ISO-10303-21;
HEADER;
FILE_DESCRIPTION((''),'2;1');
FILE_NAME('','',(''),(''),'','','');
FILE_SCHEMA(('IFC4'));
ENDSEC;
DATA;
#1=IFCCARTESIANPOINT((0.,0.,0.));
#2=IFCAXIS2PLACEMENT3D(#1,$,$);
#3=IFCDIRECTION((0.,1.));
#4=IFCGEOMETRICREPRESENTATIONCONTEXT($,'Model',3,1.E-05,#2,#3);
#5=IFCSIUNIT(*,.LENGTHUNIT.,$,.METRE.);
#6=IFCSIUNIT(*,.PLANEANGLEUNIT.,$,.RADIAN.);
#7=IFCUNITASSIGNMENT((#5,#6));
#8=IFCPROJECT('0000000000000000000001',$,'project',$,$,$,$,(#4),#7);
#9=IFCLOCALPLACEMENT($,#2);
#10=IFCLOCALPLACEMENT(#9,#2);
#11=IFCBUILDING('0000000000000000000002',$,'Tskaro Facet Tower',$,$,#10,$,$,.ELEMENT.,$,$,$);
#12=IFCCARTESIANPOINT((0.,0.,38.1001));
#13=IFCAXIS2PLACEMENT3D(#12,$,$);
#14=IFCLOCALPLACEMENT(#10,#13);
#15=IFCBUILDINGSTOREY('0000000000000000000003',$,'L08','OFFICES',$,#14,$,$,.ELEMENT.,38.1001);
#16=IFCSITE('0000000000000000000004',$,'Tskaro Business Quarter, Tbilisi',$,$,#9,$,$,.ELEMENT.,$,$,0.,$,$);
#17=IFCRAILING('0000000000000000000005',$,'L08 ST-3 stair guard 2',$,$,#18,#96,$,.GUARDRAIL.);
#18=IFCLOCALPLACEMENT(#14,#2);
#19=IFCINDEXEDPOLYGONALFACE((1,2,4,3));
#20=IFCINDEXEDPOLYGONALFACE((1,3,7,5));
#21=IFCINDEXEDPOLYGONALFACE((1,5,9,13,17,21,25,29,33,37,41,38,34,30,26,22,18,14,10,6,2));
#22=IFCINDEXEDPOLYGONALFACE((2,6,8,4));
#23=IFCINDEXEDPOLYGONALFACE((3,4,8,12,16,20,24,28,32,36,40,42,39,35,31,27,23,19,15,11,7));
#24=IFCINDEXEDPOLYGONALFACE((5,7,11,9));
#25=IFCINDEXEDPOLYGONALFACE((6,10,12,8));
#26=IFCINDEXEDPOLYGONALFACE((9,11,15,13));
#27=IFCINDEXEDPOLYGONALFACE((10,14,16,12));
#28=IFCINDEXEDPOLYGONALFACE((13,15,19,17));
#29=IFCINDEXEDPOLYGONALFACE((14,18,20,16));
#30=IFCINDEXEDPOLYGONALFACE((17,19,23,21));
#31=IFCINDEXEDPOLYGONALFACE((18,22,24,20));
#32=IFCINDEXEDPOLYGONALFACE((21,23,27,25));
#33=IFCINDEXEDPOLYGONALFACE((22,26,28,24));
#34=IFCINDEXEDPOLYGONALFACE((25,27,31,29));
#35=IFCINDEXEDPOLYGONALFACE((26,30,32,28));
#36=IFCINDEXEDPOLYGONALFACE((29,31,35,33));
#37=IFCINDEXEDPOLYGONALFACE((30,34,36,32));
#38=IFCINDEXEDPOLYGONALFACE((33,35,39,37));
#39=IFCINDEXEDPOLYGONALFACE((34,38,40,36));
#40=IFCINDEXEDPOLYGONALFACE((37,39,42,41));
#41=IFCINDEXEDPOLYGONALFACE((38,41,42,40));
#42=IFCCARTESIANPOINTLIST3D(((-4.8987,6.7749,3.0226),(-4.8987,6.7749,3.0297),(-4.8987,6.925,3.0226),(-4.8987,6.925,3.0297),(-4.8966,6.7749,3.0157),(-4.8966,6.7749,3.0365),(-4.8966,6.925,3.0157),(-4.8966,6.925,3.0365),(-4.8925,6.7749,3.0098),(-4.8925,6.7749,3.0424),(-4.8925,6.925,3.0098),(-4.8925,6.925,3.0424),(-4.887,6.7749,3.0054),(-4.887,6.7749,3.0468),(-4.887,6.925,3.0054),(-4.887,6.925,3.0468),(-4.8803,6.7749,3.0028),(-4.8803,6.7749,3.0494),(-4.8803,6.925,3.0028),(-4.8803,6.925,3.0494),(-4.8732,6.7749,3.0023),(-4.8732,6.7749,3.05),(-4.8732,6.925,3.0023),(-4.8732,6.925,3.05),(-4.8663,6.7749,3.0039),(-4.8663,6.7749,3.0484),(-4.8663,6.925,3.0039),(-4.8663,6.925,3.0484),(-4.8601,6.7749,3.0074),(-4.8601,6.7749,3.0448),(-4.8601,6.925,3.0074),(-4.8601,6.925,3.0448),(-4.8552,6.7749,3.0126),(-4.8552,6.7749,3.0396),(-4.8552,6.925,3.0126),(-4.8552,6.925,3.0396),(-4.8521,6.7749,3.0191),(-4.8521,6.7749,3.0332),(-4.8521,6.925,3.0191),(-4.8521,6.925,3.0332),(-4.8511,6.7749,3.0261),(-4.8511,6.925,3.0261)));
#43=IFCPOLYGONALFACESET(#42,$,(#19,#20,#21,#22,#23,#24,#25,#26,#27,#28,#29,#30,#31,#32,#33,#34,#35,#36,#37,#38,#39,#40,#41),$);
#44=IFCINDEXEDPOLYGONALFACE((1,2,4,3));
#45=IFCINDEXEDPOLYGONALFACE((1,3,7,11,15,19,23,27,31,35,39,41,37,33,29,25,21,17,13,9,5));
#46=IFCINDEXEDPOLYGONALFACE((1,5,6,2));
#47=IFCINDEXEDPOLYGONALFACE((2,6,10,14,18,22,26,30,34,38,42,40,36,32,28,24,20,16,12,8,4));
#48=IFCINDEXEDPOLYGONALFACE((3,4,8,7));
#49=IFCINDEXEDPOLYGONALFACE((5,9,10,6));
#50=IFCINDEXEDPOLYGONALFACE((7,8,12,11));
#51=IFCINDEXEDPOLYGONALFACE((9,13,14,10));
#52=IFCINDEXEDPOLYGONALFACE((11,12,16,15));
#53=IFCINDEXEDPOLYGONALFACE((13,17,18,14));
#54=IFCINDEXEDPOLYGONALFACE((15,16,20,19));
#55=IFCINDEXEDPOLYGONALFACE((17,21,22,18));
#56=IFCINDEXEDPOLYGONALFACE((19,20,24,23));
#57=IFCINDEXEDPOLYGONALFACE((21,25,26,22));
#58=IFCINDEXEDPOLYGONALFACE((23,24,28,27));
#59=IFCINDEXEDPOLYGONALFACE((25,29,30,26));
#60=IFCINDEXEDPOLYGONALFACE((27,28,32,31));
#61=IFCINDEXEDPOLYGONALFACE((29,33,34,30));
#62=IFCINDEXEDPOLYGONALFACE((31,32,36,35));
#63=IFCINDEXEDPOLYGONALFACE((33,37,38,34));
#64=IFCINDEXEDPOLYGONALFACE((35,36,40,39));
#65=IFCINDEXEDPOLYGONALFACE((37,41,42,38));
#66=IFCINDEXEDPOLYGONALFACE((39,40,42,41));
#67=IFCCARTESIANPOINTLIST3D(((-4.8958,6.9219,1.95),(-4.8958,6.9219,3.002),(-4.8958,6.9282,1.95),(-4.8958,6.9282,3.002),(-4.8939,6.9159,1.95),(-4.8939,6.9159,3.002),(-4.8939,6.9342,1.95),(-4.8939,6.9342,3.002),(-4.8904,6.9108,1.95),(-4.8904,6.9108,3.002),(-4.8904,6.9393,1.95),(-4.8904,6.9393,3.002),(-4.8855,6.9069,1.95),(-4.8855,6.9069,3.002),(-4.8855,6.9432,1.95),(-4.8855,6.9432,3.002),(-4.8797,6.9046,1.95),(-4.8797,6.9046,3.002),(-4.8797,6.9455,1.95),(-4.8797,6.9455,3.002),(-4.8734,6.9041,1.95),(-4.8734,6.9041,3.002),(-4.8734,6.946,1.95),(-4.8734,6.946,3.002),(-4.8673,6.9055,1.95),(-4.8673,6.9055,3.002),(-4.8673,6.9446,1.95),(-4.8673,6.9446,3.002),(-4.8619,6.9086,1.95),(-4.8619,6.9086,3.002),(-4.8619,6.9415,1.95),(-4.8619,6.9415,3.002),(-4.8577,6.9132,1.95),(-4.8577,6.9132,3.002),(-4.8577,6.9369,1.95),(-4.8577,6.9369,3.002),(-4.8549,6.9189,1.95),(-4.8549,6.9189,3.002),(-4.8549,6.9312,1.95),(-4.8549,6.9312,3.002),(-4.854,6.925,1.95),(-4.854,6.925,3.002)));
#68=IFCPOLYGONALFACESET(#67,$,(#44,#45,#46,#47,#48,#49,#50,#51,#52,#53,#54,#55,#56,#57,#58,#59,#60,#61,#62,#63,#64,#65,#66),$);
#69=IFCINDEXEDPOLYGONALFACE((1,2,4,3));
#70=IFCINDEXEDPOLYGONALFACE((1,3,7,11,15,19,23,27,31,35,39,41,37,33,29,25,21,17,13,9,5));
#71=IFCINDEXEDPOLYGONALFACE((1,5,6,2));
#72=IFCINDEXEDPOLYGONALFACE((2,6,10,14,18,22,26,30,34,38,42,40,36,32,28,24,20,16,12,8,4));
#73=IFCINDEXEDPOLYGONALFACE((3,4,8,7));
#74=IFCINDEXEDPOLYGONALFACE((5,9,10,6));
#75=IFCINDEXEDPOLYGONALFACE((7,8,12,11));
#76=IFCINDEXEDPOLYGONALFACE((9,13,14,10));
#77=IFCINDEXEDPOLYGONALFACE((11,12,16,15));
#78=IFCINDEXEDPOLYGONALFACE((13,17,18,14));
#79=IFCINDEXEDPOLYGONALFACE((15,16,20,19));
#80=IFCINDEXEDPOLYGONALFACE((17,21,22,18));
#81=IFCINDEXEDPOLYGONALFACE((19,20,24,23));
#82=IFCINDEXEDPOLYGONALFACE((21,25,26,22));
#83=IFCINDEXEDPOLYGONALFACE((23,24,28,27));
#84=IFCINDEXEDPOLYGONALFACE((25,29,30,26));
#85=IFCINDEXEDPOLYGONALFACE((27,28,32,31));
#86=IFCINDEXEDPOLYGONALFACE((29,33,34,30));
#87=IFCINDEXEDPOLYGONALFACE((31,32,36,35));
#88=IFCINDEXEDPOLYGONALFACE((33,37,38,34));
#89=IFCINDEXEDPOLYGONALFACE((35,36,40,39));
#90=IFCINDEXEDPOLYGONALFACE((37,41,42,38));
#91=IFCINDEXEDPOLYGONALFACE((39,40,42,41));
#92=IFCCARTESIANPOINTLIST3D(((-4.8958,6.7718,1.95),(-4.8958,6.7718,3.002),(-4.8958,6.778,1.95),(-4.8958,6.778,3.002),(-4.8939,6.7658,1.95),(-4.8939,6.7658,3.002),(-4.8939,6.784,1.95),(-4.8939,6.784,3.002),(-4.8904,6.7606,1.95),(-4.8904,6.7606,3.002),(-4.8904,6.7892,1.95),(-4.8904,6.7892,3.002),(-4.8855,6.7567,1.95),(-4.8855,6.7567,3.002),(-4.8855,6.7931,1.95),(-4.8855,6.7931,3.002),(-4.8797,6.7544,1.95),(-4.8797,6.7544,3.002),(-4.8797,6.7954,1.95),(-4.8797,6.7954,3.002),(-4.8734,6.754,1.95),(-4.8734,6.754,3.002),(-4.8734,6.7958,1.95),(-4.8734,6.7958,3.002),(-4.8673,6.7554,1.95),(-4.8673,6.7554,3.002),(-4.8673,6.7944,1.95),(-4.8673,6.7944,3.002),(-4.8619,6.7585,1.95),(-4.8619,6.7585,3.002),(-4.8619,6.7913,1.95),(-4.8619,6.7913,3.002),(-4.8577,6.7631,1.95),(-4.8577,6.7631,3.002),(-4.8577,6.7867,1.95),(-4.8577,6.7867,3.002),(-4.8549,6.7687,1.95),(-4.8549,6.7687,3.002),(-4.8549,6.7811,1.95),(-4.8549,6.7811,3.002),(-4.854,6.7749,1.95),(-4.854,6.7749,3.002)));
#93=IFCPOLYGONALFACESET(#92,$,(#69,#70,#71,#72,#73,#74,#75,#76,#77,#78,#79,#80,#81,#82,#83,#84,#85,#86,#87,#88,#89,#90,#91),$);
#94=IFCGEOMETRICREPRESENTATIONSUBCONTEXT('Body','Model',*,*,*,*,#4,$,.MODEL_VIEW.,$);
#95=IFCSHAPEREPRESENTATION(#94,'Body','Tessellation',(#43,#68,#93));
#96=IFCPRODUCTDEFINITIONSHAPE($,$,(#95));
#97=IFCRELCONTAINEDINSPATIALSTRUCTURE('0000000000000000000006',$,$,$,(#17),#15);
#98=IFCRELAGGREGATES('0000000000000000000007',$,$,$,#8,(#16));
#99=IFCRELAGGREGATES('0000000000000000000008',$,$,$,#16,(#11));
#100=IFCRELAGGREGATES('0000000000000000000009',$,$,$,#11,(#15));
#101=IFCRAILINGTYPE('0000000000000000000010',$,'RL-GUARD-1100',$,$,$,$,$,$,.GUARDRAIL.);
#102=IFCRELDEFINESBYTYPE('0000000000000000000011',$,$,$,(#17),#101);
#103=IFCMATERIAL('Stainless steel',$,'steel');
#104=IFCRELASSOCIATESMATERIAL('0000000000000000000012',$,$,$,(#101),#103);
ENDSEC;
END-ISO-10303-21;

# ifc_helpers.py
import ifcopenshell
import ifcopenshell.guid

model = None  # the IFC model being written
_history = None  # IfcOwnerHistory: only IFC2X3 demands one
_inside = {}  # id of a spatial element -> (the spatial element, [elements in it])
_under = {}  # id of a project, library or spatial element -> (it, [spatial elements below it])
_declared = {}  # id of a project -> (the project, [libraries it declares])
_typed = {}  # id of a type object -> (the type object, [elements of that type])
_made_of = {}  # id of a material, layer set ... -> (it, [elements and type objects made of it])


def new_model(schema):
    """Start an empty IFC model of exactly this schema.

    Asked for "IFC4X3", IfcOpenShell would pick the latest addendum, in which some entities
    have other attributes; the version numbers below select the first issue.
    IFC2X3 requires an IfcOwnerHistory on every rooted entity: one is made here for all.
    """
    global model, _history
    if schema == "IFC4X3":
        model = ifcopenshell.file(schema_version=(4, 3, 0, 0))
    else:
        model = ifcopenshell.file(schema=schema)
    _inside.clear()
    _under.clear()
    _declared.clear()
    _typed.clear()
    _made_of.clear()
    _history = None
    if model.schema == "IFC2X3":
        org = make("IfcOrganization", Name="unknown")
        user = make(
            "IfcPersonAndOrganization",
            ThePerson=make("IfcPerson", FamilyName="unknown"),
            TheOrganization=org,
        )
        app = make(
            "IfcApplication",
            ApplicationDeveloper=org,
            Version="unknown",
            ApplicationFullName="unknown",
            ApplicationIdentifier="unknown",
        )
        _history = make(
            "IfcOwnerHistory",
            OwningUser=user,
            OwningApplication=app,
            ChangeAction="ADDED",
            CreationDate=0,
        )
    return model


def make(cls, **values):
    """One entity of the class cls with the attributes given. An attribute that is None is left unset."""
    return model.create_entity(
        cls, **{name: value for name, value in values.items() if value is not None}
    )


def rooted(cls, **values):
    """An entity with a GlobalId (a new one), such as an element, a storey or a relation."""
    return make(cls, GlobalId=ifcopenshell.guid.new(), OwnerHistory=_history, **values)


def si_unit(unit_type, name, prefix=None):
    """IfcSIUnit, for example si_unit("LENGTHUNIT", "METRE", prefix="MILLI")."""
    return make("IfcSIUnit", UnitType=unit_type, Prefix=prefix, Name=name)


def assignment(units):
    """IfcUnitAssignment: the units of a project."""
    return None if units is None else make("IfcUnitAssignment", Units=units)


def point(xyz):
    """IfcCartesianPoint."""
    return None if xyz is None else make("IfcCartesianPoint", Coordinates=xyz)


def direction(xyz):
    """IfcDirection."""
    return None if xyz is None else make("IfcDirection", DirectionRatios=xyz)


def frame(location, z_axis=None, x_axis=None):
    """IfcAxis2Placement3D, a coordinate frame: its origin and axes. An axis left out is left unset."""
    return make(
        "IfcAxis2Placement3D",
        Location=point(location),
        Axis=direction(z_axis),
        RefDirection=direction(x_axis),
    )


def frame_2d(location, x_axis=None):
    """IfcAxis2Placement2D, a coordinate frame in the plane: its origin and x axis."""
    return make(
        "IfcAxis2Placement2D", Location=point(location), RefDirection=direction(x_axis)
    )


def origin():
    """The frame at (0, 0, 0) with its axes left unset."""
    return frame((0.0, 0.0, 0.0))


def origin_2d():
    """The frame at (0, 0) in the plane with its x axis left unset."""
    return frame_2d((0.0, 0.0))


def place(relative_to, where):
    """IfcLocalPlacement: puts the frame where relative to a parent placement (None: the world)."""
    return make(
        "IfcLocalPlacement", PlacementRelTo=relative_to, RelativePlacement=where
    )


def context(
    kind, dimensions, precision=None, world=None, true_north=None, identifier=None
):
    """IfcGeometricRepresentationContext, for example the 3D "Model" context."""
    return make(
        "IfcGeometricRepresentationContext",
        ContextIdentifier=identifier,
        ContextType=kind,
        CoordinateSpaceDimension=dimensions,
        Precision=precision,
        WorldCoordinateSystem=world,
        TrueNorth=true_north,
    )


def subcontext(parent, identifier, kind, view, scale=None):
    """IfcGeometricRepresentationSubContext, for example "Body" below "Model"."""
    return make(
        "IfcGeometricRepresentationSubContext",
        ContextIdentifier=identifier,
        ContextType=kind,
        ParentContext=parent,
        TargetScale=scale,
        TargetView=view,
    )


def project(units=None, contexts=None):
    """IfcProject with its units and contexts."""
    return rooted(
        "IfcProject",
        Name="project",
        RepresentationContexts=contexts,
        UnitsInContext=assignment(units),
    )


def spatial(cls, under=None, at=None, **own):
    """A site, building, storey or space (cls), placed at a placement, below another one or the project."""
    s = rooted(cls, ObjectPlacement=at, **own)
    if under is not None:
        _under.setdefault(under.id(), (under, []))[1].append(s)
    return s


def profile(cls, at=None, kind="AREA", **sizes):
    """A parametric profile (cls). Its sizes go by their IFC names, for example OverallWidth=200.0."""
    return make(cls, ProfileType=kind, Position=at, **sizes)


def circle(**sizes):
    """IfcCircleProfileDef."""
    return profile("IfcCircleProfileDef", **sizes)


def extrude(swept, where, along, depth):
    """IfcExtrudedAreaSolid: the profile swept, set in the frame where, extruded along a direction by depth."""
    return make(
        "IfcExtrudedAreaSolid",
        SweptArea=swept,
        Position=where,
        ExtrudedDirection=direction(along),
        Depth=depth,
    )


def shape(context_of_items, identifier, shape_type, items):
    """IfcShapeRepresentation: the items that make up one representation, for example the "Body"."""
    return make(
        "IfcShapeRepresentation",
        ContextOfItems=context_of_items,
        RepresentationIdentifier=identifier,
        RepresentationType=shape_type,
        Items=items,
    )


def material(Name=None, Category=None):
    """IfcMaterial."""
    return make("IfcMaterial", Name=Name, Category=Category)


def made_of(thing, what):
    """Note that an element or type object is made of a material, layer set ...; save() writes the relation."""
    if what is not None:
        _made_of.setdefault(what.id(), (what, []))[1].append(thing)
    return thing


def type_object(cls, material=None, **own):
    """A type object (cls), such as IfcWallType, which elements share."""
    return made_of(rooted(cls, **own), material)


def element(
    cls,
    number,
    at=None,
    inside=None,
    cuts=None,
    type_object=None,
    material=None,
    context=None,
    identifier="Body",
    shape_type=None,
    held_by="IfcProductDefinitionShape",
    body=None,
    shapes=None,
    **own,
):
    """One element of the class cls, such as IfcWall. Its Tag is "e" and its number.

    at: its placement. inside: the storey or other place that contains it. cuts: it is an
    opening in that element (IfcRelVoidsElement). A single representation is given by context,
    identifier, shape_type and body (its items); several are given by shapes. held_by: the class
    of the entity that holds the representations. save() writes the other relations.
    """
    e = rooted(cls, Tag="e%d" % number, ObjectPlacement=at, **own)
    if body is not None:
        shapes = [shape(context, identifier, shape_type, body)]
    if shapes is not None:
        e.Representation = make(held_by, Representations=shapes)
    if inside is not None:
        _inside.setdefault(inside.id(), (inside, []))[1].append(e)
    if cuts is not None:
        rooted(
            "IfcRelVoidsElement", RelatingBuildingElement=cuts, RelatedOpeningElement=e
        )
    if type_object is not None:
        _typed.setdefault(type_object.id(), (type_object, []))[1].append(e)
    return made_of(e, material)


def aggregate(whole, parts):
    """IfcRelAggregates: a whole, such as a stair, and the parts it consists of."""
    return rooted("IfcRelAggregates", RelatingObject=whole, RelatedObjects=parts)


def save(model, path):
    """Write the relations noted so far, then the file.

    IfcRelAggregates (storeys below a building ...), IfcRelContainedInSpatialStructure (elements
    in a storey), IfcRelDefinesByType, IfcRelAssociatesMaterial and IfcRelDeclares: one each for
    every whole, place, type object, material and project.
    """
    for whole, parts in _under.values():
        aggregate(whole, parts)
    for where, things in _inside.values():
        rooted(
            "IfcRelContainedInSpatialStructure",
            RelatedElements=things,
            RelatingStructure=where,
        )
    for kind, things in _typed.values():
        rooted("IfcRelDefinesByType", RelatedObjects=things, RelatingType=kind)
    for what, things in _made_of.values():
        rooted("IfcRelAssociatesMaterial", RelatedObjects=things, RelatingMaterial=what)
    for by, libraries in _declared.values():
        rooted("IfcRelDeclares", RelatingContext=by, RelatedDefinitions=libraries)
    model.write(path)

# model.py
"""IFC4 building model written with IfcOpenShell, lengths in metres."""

from ifc_helpers import new_model, si_unit, direction, frame, origin, origin_2d, place, context, subcontext, project, spatial, circle, extrude, material, type_object, element, save


model = new_model("IFC4")

# Units and contexts
model_context = context("Model", 3, precision=1e-05, world=origin(), true_north=direction((0.0, 1.0)))
body_context = subcontext(model_context, "Body", "Model", "MODEL_VIEW")
ifc_project = project(units=[si_unit("LENGTHUNIT", "METRE"), si_unit("PLANEANGLEUNIT", "RADIAN")], contexts=[model_context])

# Site, building, storey
site_placement = place(None, origin())
site = spatial("IfcSite", under=ifc_project, at=site_placement, Name="Tskaro Business Quarter, Tbilisi", CompositionType="ELEMENT", RefElevation=0.0)
building_placement = place(site_placement, origin())
building = spatial("IfcBuilding", under=site, at=building_placement, Name="Tskaro Facet Tower", CompositionType="ELEMENT")
storey_placement = place(building_placement, frame((0.0, 0.0, 38.1001)))
storey = spatial("IfcBuildingStorey", under=building, at=storey_placement, Name="L08", Description="OFFICES", CompositionType="ELEMENT", Elevation=38.1001)

# Railing
ifc_material_1 = material(Name="Stainless steel", Category="steel")
railing_type_1 = type_object("IfcRailingType", Name="RL-GUARD-1100", PredefinedType="GUARDRAIL", material=ifc_material_1)
railing_1_placement = place(storey_placement, frame((-4.875, 6.925, 1.95)))
element("IfcRailing", 1, at=railing_1_placement, inside=storey, type_object=railing_type_1, Name="L08 ST-3 stair guard 2", PredefinedType="GUARDRAIL", context=body_context, shape_type="SweptSolid", body=[
    extrude(circle(Radius=0.0239, at=origin_2d()), frame((0.0, 0.0, 1.0762), z_axis=(0.0, -1.0, 0.0), x_axis=(1.0, 0.0, 0.0)), (0.0, 0.0, 1.0), 0.1501),
    extrude(circle(Radius=0.021, at=origin_2d()), origin(), (0.0, 0.0, 1.0), 1.052),
    extrude(circle(Radius=0.021, at=origin_2d()), frame((0.0, -0.1501, 0.0)), (0.0, 0.0, 1.0), 1.052),
])

save(model, "model.ifc")
